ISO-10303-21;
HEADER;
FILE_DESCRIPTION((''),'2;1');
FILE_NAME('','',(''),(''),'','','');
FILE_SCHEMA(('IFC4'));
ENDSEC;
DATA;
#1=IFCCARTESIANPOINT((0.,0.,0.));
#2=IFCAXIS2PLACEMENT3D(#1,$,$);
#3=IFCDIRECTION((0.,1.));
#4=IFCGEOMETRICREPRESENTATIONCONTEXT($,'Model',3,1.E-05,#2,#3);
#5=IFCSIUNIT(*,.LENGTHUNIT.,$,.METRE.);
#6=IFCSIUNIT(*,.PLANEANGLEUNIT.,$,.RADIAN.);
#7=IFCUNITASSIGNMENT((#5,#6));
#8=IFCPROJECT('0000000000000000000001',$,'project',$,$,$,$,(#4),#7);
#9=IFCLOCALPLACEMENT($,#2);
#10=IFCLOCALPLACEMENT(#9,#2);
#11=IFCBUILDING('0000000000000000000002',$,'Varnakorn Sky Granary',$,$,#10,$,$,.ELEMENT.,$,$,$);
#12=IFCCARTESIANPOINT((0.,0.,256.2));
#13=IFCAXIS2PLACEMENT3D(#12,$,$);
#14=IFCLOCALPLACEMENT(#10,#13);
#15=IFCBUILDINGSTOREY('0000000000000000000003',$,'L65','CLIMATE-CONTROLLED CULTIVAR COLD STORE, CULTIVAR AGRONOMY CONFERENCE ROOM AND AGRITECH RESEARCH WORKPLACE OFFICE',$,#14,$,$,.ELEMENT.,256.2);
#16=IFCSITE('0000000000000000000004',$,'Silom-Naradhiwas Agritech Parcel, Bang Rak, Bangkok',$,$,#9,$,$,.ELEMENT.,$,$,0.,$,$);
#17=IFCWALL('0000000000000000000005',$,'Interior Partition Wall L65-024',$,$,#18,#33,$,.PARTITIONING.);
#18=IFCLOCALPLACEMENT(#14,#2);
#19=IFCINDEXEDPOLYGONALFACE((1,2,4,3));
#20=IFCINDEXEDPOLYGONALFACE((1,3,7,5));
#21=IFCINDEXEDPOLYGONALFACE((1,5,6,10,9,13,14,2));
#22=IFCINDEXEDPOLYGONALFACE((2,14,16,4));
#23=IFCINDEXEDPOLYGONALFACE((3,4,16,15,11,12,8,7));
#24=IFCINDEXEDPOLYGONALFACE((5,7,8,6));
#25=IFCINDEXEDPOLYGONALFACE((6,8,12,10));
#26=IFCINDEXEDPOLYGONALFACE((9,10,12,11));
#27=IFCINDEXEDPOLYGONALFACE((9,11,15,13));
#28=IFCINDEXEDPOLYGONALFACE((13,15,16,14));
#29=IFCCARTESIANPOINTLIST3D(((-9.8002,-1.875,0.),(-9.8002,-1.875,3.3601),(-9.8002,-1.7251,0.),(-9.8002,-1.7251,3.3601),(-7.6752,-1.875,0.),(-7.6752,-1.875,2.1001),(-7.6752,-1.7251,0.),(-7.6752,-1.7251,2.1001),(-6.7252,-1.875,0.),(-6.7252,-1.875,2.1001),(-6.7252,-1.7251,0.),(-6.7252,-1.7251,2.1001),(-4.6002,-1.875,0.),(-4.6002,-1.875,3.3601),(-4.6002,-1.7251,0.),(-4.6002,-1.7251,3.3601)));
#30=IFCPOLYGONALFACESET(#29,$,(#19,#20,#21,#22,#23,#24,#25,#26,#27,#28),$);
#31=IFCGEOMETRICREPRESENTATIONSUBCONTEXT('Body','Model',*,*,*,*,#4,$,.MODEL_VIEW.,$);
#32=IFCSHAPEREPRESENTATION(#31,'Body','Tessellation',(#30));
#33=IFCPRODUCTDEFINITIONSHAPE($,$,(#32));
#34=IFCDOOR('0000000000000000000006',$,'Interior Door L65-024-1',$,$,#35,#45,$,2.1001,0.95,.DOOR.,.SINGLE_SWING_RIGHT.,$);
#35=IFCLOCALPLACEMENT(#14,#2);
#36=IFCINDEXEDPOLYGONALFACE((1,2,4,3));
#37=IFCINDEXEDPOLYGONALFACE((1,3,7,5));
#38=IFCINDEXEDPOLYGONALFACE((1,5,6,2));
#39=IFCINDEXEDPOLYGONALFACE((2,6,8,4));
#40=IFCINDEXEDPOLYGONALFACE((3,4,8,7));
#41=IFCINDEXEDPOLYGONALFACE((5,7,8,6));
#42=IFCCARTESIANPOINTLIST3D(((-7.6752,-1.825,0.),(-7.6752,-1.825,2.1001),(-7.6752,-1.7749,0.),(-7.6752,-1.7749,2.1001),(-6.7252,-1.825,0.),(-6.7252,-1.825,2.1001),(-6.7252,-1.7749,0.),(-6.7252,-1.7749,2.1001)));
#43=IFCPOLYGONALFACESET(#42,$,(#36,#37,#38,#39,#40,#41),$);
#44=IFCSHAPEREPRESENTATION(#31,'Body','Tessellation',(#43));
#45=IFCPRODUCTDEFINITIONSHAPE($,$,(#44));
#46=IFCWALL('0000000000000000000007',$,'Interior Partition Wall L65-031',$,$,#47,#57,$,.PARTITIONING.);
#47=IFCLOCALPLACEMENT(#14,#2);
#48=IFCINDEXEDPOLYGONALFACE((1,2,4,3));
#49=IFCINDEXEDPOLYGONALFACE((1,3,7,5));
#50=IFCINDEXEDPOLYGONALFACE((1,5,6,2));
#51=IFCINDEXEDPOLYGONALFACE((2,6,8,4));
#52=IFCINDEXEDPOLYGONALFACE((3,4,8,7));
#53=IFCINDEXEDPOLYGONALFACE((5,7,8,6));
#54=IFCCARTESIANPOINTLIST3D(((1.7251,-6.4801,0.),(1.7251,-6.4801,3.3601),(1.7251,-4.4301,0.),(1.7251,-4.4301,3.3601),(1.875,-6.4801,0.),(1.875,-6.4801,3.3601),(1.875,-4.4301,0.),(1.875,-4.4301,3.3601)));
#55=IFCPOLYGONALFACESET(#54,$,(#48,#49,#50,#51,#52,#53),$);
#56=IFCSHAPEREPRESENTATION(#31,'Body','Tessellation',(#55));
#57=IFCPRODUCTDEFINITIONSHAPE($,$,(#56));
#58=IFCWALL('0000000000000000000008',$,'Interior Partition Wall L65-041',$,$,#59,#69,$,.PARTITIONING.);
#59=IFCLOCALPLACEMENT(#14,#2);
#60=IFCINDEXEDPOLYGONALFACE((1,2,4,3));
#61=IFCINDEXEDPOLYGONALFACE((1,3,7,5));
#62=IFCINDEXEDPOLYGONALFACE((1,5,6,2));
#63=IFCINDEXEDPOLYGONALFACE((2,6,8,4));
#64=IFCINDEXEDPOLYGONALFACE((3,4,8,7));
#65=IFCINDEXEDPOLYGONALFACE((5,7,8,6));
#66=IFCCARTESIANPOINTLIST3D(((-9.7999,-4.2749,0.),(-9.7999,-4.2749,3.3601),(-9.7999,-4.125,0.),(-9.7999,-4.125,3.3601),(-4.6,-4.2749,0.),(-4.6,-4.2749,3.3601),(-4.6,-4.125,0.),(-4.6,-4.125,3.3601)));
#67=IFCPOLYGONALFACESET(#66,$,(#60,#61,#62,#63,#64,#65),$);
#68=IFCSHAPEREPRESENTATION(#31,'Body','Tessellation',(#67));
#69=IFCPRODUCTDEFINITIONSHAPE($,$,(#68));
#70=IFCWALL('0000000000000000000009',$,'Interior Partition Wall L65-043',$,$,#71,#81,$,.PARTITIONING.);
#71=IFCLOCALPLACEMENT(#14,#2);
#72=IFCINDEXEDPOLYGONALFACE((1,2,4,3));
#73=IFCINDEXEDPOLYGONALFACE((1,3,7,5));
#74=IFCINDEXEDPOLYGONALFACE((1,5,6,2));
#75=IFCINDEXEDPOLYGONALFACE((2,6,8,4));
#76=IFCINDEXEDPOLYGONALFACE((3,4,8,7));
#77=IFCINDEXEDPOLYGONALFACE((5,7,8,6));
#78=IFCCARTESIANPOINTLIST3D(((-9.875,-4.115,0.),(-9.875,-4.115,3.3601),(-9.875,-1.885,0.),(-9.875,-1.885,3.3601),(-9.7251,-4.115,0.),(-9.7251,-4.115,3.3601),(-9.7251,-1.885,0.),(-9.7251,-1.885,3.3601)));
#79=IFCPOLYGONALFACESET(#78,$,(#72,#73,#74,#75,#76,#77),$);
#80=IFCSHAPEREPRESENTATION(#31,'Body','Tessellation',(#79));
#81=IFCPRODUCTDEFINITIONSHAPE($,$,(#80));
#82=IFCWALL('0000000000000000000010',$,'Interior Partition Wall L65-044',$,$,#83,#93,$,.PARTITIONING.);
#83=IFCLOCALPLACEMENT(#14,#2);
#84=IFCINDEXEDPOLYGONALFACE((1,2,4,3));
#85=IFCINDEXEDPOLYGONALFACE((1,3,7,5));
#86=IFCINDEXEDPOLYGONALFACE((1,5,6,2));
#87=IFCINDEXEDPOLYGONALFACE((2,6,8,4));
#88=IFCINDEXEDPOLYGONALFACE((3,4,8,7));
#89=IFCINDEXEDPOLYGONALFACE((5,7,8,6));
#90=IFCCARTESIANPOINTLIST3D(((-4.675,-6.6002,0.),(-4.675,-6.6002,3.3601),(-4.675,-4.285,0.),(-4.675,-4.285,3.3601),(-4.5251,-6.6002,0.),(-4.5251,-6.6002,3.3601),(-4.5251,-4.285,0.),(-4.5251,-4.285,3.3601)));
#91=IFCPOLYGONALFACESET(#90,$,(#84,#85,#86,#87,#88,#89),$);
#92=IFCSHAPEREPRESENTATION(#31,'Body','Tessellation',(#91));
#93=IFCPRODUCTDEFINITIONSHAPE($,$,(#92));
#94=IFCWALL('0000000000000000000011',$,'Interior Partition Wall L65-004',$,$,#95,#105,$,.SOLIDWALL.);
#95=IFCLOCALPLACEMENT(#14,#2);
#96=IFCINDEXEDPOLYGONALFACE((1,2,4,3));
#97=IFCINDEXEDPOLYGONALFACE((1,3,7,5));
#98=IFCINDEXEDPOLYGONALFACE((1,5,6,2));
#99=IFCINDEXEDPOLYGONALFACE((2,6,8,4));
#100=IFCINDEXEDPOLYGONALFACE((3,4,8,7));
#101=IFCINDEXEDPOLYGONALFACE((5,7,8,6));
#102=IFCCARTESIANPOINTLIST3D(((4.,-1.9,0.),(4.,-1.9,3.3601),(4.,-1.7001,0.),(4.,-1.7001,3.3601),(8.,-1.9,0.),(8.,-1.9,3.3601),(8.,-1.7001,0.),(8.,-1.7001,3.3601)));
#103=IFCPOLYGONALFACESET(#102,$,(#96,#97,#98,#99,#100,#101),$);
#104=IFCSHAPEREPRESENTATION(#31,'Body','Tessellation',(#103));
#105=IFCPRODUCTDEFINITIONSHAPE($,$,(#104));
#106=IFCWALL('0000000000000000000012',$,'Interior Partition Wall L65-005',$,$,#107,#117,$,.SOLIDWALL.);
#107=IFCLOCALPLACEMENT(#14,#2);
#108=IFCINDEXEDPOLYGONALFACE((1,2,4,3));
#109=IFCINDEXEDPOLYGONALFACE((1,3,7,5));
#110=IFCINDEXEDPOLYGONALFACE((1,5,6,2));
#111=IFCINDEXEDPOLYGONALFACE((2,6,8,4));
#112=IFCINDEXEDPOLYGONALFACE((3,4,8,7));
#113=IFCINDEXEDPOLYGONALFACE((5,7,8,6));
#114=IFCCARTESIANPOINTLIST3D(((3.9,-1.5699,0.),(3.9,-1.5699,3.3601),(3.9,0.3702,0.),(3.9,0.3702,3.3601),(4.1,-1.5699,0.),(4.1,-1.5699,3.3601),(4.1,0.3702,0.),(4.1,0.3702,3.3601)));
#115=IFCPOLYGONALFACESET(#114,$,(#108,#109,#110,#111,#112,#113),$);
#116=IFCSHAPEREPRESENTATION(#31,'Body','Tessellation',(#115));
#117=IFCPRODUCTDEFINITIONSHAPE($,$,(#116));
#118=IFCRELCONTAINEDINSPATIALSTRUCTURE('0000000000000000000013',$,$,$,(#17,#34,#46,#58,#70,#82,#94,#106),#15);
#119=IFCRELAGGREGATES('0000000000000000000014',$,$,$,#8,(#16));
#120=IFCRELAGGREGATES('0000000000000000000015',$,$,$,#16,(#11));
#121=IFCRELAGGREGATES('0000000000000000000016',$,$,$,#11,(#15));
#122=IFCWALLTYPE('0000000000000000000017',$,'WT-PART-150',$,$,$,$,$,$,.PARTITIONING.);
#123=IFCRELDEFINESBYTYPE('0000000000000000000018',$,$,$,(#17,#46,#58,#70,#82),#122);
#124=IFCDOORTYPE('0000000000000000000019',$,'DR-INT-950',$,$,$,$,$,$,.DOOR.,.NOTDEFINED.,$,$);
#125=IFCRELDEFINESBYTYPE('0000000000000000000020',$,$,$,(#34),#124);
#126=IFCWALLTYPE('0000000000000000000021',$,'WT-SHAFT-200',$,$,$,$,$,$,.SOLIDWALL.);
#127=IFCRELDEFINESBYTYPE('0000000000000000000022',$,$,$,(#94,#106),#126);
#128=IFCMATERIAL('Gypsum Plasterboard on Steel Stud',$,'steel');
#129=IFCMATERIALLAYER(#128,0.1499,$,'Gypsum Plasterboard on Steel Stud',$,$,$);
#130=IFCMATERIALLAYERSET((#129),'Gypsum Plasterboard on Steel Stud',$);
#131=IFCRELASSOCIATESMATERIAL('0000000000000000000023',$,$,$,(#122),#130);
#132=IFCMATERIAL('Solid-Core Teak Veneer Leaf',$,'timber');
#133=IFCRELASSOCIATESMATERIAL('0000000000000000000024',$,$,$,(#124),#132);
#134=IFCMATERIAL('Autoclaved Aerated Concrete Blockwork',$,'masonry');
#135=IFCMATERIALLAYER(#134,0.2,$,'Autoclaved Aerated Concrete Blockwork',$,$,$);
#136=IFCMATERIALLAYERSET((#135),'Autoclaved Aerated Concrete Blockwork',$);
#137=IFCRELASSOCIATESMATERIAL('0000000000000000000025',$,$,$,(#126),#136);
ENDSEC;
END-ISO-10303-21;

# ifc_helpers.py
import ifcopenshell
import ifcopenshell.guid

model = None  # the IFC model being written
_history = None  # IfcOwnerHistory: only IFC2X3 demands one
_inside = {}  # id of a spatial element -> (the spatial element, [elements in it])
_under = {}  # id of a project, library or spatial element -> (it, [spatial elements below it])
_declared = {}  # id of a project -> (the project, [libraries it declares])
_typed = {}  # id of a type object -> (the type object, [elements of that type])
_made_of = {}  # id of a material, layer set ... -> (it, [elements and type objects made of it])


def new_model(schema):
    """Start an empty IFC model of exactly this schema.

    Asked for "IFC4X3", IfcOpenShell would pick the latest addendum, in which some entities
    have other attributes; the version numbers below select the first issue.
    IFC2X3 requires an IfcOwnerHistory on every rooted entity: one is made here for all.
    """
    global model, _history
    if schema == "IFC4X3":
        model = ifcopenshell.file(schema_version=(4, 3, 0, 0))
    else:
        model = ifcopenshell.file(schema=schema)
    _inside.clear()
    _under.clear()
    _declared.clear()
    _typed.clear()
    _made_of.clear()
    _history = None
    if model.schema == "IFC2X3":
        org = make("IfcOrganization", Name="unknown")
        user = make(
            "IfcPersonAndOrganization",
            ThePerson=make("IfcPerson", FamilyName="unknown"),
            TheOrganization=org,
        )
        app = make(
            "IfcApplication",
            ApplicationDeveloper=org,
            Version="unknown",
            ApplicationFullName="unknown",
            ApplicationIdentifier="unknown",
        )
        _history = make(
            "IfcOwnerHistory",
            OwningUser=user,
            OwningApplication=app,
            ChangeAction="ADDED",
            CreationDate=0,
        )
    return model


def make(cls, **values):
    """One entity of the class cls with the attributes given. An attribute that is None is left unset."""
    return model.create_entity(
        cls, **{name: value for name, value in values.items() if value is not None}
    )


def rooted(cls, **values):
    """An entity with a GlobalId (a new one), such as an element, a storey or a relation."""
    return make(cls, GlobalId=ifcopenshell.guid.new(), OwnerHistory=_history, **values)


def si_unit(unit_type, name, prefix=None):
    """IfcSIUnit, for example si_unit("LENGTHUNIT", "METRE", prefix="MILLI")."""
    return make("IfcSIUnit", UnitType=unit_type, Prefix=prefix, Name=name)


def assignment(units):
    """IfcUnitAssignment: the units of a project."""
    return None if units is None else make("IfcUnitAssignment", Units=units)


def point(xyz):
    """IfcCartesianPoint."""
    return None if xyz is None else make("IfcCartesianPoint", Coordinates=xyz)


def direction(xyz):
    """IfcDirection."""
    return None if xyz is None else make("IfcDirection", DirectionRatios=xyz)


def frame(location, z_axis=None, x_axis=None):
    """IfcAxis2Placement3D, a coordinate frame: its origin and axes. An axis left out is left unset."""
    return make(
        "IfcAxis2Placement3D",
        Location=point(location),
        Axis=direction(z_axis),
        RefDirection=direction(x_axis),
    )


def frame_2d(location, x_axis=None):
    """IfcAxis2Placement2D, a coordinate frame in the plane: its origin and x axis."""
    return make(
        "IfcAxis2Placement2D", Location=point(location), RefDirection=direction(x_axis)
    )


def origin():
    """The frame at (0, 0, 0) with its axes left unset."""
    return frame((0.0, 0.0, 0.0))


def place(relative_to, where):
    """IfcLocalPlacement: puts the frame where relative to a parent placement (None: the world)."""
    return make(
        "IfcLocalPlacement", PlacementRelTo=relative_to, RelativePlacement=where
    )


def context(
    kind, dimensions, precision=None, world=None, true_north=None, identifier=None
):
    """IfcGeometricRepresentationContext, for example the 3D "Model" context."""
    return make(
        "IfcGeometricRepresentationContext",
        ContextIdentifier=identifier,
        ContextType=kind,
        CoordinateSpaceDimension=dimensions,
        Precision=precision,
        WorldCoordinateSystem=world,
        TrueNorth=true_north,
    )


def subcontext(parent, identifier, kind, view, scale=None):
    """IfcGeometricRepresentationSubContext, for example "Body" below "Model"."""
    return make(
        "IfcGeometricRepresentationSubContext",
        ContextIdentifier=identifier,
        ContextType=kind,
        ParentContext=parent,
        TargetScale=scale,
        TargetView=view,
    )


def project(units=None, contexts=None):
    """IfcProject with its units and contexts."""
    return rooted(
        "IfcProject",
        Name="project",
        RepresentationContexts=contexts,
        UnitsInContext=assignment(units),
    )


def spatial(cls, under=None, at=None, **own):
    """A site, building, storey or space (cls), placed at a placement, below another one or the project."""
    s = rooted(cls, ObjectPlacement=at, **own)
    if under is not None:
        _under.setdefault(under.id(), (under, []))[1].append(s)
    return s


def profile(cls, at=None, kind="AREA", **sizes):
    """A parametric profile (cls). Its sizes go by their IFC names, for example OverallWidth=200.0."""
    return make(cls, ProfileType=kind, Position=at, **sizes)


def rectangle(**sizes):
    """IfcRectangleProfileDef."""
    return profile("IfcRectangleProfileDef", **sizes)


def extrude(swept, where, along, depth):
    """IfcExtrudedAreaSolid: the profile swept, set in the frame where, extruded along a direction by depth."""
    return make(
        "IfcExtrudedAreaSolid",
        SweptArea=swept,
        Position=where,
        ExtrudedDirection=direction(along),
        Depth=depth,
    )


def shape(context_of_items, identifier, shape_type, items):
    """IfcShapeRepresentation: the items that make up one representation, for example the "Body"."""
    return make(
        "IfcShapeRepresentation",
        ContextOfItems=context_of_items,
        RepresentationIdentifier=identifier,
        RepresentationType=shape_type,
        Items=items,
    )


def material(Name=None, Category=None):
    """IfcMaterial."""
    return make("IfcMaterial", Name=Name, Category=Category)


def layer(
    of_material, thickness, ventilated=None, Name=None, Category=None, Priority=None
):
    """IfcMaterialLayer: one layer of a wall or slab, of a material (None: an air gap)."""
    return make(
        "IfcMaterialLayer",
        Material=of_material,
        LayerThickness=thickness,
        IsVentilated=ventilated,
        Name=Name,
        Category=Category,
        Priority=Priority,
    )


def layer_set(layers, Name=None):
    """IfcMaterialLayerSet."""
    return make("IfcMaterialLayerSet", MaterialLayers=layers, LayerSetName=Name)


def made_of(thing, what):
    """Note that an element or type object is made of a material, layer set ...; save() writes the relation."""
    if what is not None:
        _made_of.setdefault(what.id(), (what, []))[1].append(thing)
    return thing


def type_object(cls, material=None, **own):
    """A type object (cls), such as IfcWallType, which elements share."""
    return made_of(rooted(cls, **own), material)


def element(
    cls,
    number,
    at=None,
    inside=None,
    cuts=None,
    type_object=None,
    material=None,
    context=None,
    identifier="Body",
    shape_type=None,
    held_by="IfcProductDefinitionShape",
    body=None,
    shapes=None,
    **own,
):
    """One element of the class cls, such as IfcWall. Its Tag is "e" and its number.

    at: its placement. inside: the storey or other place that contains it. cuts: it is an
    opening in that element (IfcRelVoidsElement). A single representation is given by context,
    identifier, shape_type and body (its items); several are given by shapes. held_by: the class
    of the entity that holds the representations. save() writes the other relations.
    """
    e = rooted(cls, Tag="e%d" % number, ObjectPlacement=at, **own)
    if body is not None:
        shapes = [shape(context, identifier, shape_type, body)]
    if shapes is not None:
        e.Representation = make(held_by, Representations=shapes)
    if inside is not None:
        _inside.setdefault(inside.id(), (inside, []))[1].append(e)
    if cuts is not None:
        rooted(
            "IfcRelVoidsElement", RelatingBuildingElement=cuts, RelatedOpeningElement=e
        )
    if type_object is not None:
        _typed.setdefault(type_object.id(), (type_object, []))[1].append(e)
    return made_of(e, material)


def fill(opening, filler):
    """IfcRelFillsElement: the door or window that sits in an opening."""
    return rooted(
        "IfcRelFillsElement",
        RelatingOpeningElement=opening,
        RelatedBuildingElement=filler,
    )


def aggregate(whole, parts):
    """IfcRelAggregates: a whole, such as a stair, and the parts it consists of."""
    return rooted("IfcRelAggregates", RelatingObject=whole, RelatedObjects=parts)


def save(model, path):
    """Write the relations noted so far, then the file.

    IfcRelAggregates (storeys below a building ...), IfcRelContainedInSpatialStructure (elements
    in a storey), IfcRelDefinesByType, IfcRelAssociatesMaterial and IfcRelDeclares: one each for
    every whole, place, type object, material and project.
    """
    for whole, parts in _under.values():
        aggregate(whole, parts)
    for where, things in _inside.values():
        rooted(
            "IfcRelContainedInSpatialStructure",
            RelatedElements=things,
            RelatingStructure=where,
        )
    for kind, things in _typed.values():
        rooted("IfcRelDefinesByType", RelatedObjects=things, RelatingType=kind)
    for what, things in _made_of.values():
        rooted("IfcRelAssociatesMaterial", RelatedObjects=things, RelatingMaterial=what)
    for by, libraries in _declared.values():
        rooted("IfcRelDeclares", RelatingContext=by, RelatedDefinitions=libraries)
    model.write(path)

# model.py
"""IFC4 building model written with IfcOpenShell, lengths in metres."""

from ifc_helpers import new_model, si_unit, direction, frame, frame_2d, origin, place, context, subcontext, project, spatial, rectangle, extrude, material, layer, layer_set, type_object, element, fill, save


model = new_model("IFC4")

# Units and contexts
model_context = context("Model", 3, precision=1e-05, world=origin(), true_north=direction((0.0, 1.0)))
body_context = subcontext(model_context, "Body", "Model", "MODEL_VIEW")
ifc_project = project(units=[si_unit("LENGTHUNIT", "METRE"), si_unit("PLANEANGLEUNIT", "RADIAN")], contexts=[model_context])

# Site, building, storey
site_placement = place(None, origin())
site = spatial("IfcSite", under=ifc_project, at=site_placement, Name="Silom-Naradhiwas Agritech Parcel, Bang Rak, Bangkok", CompositionType="ELEMENT", RefElevation=0.0)
building_placement = place(site_placement, origin())
building = spatial("IfcBuilding", under=site, at=building_placement, Name="Varnakorn Sky Granary", CompositionType="ELEMENT")
storey_placement = place(building_placement, frame((0.0, 0.0, 256.2)))
storey = spatial("IfcBuildingStorey", under=building, at=storey_placement, Name="L65", Description="CLIMATE-CONTROLLED CULTIVAR COLD STORE, CULTIVAR AGRONOMY CONFERENCE ROOM AND AGRITECH RESEARCH WORKPLACE OFFICE", CompositionType="ELEMENT", Elevation=256.2)

# Shared definitions
ifc_material_1 = material(Name="Autoclaved Aerated Concrete Blockwork", Category="masonry")

# Wall, opening, door
ifc_material_2 = material(Name="Gypsum Plasterboard on Steel Stud", Category="steel")
ifc_layer_1 = layer(ifc_material_2, 0.1499, Name="Gypsum Plasterboard on Steel Stud")
ifc_layer_set_1 = layer_set([ifc_layer_1], Name="Gypsum Plasterboard on Steel Stud")
wall_type_1 = type_object("IfcWallType", Name="WT-PART-150", PredefinedType="PARTITIONING", material=ifc_layer_set_1)
wall_1_placement = place(storey_placement, frame((-4.6001, -1.8, 0.0), z_axis=(0.0, 0.0, 1.0), x_axis=(-1.0, 0.0, 0.0)))
wall_1 = element("IfcWall", 1, at=wall_1_placement, inside=storey, type_object=wall_type_1, Name="Interior Partition Wall L65-024", PredefinedType="PARTITIONING", context=body_context, shape_type="SweptSolid", body=[
    extrude(rectangle(XDim=5.2, YDim=0.1499, at=frame_2d((2.6001, 0.0))), origin(), (0.0, 0.0, 1.0), 3.3601),
])
opening_1_placement = place(wall_1_placement, frame((2.125, 0.0, 0.0)))
opening_1 = element("IfcOpeningElement", 2, at=opening_1_placement, cuts=wall_1, PredefinedType="OPENING", context=body_context, shape_type="SweptSolid", body=[
    extrude(rectangle(XDim=0.95, YDim=2.1001, at=frame_2d((0.4751, 1.05))), frame((0.0, 0.085, 0.0), z_axis=(0.0, -1.0, 0.0), x_axis=(1.0, 0.0, 0.0)), (0.0, 0.0, 1.0), 0.1699),
])
ifc_material_3 = material(Name="Solid-Core Teak Veneer Leaf", Category="timber")
door_type_1 = type_object("IfcDoorType", Name="DR-INT-950", OperationType="NOTDEFINED", PredefinedType="DOOR", material=ifc_material_3)
door_1_placement = place(opening_1_placement, origin())
door_1 = element("IfcDoor", 3, at=door_1_placement, inside=storey, type_object=door_type_1, Name="Interior Door L65-024-1", OperationType="SINGLE_SWING_RIGHT", OverallHeight=2.1001, OverallWidth=0.95, PredefinedType="DOOR", context=body_context, shape_type="SweptSolid", body=[
    extrude(rectangle(XDim=0.95, YDim=2.1001, at=frame_2d((0.4751, 1.05))), frame((0.0, 0.0249, 0.0), z_axis=(0.0, -1.0, 0.0), x_axis=(1.0, 0.0, 0.0)), (0.0, 0.0, 1.0), 0.05),
])
fill(opening_1, door_1)

# Walls
wall_2_placement = place(storey_placement, frame((1.8, -6.48, 0.0), z_axis=(0.0, 0.0, 1.0), x_axis=(0.0, 1.0, 0.0)))
element("IfcWall", 4, at=wall_2_placement, inside=storey, type_object=wall_type_1, Name="Interior Partition Wall L65-031", PredefinedType="PARTITIONING", context=body_context, shape_type="SweptSolid", body=[
    extrude(rectangle(XDim=2.05, YDim=0.1499, at=frame_2d((1.0249, 0.0))), origin(), (0.0, 0.0, 1.0), 3.3601),
])
wall_3_placement = place(storey_placement, frame((-9.8, -4.2, 0.0), z_axis=(0.0, 0.0, 1.0), x_axis=(1.0, 0.0, 0.0)))
element("IfcWall", 5, at=wall_3_placement, inside=storey, type_object=wall_type_1, Name="Interior Partition Wall L65-041", PredefinedType="PARTITIONING", context=body_context, shape_type="SweptSolid", body=[
    extrude(rectangle(XDim=5.2, YDim=0.1499, at=frame_2d((2.6001, 0.0))), origin(), (0.0, 0.0, 1.0), 3.3601),
])
wall_4_placement = place(storey_placement, frame((-9.8, -1.885, 0.0), z_axis=(0.0, 0.0, 1.0), x_axis=(0.0, -1.0, 0.0)))
element("IfcWall", 6, at=wall_4_placement, inside=storey, type_object=wall_type_1, Name="Interior Partition Wall L65-043", PredefinedType="PARTITIONING", context=body_context, shape_type="SweptSolid", body=[
    extrude(rectangle(XDim=2.23, YDim=0.1499, at=frame_2d((1.115, 0.0))), origin(), (0.0, 0.0, 1.0), 3.3601),
])
wall_5_placement = place(storey_placement, frame((-4.6001, -4.2849, 0.0), z_axis=(0.0, 0.0, 1.0), x_axis=(0.0, -1.0, 0.0)))
element("IfcWall", 7, at=wall_5_placement, inside=storey, type_object=wall_type_1, Name="Interior Partition Wall L65-044", PredefinedType="PARTITIONING", context=body_context, shape_type="SweptSolid", body=[
    extrude(rectangle(XDim=2.3152, YDim=0.1499, at=frame_2d((1.1577, 0.0))), origin(), (0.0, 0.0, 1.0), 3.3601),
])
ifc_layer_2 = layer(ifc_material_1, 0.2, Name="Autoclaved Aerated Concrete Blockwork")
ifc_layer_set_2 = layer_set([ifc_layer_2], Name="Autoclaved Aerated Concrete Blockwork")
wall_type_2 = type_object("IfcWallType", Name="WT-SHAFT-200", PredefinedType="SOLIDWALL", material=ifc_layer_set_2)
wall_6_placement = place(storey_placement, frame((4.0, -1.8, 0.0), z_axis=(0.0, 0.0, 1.0), x_axis=(1.0, 0.0, 0.0)))
element("IfcWall", 8, at=wall_6_placement, inside=storey, type_object=wall_type_2, Name="Interior Partition Wall L65-004", PredefinedType="SOLIDWALL", context=body_context, shape_type="SweptSolid", body=[
    extrude(rectangle(XDim=4.0, YDim=0.2, at=frame_2d((2.0, 0.0))), origin(), (0.0, 0.0, 1.0), 3.3601),
])
wall_7_placement = place(storey_placement, frame((4.0, -1.5701, 0.0), z_axis=(0.0, 0.0, 1.0), x_axis=(0.0, 1.0, 0.0)))
element("IfcWall", 9, at=wall_7_placement, inside=storey, type_object=wall_type_2, Name="Interior Partition Wall L65-005", PredefinedType="SOLIDWALL", context=body_context, shape_type="SweptSolid", body=[
    extrude(rectangle(XDim=1.9402, YDim=0.2, at=frame_2d((0.9702, 0.0))), origin(), (0.0, 0.0, 1.0), 3.3601),
])

save(model, "model.ifc")
